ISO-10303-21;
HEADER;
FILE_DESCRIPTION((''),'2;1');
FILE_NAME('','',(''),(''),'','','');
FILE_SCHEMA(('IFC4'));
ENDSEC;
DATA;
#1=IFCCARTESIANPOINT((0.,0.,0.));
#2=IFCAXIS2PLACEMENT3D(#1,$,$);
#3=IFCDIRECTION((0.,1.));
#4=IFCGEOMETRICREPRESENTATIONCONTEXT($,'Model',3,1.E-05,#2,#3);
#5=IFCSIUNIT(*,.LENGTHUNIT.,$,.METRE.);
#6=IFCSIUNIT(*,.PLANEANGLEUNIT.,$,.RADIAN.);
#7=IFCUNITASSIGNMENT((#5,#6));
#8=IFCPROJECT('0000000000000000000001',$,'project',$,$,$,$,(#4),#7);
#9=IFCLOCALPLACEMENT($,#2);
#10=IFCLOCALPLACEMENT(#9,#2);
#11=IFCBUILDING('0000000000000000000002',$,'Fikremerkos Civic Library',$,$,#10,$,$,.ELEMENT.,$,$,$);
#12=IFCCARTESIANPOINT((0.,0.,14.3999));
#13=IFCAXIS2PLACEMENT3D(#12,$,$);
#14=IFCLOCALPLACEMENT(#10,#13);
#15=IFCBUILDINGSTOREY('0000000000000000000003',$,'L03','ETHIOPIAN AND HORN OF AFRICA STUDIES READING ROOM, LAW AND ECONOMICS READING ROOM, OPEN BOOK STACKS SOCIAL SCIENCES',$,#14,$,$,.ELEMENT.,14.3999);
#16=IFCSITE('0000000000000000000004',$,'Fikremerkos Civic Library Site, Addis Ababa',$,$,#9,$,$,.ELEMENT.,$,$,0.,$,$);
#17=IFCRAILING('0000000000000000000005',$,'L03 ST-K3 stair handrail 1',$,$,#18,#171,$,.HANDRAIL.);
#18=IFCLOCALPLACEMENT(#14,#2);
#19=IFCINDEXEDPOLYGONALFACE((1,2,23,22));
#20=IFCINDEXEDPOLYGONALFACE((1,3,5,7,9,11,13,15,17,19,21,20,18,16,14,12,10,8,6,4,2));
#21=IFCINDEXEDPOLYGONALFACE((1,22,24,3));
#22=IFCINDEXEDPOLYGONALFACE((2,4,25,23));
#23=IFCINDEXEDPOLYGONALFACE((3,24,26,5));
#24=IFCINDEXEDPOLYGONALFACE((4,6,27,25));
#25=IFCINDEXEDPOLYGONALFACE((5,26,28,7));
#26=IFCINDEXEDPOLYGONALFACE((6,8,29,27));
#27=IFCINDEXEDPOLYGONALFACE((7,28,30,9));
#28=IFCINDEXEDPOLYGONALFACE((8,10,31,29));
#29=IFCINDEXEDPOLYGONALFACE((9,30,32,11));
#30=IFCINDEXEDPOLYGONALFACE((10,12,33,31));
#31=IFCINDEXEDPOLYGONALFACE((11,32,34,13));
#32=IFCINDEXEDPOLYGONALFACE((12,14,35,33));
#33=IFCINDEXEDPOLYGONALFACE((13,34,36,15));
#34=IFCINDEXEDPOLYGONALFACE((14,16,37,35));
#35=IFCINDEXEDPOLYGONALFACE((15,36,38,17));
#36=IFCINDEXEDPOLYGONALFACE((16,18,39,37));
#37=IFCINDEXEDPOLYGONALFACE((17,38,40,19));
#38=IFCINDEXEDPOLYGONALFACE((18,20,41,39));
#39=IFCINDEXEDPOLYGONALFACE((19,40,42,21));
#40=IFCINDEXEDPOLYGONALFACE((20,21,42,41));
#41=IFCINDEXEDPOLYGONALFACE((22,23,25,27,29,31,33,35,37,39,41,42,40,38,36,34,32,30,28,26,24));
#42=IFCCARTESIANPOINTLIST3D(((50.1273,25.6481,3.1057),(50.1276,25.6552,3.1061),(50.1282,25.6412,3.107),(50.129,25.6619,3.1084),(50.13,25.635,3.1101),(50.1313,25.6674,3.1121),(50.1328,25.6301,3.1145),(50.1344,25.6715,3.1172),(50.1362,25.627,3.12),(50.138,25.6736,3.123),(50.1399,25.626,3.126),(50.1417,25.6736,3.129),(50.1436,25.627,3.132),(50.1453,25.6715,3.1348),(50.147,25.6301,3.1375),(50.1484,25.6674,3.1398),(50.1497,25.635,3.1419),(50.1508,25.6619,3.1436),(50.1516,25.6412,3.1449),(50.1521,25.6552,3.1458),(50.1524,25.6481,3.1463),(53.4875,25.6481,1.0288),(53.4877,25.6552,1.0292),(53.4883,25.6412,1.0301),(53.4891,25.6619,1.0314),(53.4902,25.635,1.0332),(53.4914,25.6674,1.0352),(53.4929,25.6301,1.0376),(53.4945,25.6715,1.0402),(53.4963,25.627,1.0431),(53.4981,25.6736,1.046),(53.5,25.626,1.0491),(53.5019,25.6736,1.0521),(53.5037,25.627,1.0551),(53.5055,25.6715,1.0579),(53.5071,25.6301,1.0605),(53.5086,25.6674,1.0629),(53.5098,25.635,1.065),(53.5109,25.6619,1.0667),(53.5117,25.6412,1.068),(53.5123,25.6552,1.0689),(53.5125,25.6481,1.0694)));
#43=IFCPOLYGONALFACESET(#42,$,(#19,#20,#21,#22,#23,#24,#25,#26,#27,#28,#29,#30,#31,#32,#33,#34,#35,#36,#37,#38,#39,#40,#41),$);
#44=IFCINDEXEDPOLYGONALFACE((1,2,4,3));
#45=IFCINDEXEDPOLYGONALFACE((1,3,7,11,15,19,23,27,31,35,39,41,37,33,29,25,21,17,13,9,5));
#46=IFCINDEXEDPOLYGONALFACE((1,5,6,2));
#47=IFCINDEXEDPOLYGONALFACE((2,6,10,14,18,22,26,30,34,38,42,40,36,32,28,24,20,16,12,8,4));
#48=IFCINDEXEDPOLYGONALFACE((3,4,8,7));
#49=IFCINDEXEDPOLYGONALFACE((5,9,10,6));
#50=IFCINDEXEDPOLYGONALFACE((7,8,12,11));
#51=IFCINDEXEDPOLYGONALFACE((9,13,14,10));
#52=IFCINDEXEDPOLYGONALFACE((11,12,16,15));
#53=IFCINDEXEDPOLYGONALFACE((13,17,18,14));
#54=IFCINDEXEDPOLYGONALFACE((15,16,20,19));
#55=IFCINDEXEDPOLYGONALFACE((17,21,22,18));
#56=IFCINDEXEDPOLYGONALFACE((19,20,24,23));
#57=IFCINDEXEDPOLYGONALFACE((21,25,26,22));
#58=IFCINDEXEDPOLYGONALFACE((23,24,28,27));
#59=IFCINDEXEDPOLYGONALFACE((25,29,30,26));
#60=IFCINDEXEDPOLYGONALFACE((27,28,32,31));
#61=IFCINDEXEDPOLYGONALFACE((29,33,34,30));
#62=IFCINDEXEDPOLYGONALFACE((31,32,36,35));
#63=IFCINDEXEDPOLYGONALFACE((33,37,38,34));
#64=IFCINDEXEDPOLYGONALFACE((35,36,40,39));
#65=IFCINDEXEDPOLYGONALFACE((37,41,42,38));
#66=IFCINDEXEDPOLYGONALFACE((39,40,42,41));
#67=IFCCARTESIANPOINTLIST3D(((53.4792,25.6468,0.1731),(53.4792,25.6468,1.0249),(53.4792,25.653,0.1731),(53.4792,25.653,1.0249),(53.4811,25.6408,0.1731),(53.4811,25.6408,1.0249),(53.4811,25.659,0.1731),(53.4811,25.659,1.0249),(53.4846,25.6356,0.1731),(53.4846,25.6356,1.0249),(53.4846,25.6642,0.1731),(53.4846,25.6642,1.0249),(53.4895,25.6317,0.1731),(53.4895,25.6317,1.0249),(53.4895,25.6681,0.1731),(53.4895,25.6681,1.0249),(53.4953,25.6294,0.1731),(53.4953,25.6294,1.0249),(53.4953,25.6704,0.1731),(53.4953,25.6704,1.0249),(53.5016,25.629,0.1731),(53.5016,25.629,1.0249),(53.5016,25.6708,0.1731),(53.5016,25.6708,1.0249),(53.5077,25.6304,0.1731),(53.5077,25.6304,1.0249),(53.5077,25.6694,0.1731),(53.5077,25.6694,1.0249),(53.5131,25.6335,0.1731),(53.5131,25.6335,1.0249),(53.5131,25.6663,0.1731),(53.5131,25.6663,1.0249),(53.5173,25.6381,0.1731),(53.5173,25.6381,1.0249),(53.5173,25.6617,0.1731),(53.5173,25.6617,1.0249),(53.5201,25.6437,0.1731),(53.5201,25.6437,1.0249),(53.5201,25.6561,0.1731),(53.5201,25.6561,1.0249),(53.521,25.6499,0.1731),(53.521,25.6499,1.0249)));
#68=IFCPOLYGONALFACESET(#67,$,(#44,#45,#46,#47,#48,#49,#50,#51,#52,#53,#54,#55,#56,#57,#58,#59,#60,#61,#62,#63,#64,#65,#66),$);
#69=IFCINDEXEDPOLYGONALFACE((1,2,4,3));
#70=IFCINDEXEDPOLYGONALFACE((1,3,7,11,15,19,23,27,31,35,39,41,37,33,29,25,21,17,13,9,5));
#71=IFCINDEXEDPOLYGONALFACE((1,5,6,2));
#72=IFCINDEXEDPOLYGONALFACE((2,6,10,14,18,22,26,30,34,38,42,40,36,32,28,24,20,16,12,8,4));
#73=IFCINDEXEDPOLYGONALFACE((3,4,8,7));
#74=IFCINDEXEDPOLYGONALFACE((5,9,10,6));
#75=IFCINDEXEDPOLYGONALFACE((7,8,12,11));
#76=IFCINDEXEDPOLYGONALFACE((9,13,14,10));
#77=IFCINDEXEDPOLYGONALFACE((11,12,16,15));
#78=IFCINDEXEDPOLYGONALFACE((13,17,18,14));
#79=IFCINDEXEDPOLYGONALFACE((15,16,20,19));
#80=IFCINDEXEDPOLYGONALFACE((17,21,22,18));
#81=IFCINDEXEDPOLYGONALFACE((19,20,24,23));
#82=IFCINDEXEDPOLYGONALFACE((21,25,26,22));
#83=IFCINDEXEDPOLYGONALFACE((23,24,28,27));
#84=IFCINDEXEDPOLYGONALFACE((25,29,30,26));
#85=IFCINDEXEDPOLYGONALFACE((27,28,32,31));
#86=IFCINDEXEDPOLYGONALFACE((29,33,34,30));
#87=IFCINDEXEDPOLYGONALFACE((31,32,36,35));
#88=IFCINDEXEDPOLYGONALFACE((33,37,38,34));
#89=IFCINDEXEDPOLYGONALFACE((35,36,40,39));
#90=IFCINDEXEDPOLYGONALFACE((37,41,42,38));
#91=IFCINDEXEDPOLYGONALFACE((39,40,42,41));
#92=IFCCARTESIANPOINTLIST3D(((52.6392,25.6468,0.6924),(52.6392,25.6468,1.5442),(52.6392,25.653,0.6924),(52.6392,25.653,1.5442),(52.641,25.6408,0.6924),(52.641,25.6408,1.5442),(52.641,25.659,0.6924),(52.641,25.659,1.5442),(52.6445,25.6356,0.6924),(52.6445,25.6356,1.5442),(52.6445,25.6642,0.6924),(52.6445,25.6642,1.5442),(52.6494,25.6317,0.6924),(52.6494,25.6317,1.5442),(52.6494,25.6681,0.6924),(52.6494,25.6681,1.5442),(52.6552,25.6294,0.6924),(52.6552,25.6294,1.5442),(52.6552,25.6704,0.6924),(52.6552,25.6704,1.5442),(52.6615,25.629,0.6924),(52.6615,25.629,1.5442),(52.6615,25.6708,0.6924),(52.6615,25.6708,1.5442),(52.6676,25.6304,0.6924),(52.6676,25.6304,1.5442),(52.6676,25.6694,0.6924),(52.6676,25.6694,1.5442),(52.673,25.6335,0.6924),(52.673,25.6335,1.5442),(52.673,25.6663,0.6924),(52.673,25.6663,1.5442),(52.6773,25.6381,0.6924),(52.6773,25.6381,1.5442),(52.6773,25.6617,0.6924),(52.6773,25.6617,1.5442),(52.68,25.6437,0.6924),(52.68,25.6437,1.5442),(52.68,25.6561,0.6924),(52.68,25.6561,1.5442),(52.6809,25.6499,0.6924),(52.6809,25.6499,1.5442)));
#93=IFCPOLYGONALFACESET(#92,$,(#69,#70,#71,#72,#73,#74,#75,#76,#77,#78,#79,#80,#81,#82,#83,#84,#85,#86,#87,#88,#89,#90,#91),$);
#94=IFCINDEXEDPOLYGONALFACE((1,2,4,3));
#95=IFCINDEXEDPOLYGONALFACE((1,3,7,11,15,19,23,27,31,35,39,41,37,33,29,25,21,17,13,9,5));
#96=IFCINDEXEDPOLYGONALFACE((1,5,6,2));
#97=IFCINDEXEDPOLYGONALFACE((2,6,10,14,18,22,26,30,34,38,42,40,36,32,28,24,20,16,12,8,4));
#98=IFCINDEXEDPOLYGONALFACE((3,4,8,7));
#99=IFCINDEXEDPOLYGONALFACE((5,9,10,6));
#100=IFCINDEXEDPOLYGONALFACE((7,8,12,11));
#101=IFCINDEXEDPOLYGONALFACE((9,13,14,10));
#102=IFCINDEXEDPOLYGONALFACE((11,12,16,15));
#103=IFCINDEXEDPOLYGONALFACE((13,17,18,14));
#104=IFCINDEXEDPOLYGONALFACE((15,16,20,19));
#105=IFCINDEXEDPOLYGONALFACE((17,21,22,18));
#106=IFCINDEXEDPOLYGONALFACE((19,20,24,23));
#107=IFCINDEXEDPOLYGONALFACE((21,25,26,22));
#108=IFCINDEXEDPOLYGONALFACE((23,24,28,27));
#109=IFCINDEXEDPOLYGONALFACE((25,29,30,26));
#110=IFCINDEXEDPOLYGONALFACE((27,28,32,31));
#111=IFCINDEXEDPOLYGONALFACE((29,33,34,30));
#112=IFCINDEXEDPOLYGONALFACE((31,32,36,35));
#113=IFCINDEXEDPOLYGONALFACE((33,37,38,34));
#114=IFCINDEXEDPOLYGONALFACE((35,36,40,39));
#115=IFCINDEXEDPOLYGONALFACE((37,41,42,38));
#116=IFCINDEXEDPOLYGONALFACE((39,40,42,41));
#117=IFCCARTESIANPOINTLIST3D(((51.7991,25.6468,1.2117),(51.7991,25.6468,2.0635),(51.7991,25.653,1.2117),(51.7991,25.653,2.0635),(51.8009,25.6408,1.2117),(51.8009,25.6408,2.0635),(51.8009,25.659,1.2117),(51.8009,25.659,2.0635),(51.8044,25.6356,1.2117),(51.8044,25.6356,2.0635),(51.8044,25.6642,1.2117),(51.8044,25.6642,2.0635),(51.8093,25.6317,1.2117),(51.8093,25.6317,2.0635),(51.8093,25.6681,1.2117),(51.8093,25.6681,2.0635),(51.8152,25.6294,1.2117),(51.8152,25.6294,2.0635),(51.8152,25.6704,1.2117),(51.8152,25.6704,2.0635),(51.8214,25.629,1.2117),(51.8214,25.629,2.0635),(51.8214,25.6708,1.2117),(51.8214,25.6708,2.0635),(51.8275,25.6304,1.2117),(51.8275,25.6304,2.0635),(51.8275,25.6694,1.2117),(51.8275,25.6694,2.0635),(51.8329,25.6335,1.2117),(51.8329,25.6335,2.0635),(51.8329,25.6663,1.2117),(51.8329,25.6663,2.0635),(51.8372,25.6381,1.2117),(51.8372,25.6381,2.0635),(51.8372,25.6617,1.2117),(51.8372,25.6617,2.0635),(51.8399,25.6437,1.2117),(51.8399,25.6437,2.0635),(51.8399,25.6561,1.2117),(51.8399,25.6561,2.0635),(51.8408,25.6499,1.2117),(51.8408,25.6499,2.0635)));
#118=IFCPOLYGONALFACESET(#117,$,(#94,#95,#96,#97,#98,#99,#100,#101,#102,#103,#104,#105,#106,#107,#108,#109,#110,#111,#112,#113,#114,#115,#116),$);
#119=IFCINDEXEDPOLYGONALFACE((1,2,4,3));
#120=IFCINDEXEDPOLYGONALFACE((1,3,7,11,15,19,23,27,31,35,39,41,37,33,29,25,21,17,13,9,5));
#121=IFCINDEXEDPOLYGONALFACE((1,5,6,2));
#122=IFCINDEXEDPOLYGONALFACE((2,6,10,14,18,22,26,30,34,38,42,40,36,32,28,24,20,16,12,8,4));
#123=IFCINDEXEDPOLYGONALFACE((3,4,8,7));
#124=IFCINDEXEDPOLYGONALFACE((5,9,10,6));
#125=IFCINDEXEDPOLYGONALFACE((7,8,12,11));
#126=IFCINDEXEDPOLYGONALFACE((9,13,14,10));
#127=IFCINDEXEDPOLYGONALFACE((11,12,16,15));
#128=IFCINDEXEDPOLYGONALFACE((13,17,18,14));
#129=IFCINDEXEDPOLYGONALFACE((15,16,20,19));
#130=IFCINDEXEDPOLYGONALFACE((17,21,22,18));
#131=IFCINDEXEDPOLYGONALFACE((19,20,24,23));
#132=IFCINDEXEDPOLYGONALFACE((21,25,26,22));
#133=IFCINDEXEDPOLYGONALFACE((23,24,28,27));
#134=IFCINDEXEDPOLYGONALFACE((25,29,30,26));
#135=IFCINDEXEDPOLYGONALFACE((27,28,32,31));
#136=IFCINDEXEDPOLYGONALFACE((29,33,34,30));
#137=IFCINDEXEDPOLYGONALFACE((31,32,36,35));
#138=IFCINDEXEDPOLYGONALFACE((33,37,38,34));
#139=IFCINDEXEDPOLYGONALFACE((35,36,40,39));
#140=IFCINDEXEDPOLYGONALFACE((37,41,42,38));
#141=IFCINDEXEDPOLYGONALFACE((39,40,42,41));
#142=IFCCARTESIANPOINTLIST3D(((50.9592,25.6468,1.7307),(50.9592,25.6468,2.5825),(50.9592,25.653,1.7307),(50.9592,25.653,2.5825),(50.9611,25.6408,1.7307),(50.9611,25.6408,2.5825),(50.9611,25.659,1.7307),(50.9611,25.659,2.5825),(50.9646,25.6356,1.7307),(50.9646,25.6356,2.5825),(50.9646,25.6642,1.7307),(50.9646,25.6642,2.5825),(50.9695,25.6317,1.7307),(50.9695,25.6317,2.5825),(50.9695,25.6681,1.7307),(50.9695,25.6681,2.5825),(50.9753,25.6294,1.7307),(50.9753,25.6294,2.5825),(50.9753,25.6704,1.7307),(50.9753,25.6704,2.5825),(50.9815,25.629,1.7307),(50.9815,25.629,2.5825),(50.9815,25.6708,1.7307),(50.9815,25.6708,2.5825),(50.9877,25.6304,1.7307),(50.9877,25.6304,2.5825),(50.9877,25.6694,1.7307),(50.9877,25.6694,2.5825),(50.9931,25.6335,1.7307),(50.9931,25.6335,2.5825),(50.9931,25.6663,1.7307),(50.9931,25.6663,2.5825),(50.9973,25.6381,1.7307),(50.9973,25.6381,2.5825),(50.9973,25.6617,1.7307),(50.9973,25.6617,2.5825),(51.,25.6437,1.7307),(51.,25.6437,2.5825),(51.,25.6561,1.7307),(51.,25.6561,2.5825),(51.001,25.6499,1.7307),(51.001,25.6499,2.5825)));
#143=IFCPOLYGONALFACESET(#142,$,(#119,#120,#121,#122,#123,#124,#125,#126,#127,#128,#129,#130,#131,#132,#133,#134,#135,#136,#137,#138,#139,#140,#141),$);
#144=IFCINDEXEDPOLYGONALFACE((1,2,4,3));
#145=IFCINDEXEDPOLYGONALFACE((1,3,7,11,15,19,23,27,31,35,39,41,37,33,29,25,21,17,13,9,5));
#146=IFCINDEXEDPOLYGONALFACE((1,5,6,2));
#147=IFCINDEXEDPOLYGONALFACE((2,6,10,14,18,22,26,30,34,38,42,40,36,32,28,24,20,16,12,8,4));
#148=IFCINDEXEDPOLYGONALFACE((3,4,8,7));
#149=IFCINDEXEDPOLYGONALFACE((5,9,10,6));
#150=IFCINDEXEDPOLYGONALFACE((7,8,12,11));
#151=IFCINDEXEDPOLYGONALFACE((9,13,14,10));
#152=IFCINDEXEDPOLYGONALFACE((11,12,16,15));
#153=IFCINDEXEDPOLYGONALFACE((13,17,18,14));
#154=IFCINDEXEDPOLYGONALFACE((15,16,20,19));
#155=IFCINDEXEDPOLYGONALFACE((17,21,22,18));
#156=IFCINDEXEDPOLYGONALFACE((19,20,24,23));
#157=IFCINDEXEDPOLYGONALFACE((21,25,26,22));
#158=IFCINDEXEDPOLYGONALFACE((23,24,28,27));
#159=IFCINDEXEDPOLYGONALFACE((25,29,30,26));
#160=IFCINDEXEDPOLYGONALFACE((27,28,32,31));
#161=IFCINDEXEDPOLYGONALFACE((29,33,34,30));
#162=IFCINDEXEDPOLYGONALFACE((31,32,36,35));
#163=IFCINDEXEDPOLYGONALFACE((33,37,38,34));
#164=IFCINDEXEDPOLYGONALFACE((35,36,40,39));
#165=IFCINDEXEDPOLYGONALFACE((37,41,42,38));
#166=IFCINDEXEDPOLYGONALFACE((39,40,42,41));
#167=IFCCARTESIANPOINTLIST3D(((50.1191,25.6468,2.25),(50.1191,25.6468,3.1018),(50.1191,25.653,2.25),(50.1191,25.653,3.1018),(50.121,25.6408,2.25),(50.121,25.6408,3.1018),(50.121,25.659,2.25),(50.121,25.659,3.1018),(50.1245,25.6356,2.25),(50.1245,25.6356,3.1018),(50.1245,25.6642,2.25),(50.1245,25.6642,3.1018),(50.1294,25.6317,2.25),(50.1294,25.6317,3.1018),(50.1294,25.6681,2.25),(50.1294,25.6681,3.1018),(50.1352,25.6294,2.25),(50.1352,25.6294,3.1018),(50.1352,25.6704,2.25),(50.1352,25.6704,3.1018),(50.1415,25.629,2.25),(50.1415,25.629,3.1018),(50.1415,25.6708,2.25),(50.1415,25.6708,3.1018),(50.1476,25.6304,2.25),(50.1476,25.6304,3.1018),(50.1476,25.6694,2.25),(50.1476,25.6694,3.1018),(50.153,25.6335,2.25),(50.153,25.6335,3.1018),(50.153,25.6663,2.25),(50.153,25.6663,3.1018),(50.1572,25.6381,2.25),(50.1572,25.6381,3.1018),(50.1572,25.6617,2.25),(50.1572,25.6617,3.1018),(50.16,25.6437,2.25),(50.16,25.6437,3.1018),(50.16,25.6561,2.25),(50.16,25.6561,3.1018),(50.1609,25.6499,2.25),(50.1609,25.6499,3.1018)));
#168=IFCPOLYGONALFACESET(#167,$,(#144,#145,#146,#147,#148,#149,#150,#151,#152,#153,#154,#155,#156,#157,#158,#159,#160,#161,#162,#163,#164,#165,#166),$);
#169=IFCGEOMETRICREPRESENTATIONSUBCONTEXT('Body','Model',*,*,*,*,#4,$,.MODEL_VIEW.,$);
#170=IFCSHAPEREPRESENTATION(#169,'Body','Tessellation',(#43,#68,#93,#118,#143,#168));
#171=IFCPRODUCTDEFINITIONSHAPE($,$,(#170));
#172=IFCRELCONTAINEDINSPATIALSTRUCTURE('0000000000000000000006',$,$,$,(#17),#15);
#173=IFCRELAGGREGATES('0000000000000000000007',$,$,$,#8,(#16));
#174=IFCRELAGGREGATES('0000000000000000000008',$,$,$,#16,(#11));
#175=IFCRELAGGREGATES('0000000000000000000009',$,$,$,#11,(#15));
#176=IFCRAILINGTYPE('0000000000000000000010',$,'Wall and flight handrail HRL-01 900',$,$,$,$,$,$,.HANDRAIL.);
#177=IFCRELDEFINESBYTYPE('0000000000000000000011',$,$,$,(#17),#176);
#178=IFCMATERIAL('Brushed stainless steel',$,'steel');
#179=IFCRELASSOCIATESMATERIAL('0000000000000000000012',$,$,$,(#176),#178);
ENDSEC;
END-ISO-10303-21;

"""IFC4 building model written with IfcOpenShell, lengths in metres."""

from ifc_helpers import new_model, si_unit, direction, frame, origin, origin_2d, place, context, subcontext, project, spatial, circle, extrude, material, type_object, element, save


model = new_model("IFC4")

# Units and contexts
model_context = context("Model", 3, precision=1e-05, world=origin(), true_north=direction((0.0, 1.0)))
body_context = subcontext(model_context, "Body", "Model", "MODEL_VIEW")
ifc_project = project(units=[si_unit("LENGTHUNIT", "METRE"), si_unit("PLANEANGLEUNIT", "RADIAN")], contexts=[model_context])

# Site, building, storey
site_placement = place(None, origin())
site = spatial("IfcSite", under=ifc_project, at=site_placement, Name="Fikremerkos Civic Library Site, Addis Ababa", CompositionType="ELEMENT", RefElevation=0.0)
building_placement = place(site_placement, origin())
building = spatial("IfcBuilding", under=site, at=building_placement, Name="Fikremerkos Civic Library", CompositionType="ELEMENT")
storey_placement = place(building_placement, frame((0.0, 0.0, 14.3999)))
storey = spatial("IfcBuildingStorey", under=building, at=storey_placement, Name="L03", Description="ETHIOPIAN AND HORN OF AFRICA STUDIES READING ROOM, LAW AND ECONOMICS READING ROOM, OPEN BOOK STACKS SOCIAL SCIENCES", CompositionType="ELEMENT", Elevation=14.3999)

# Shared definitions
ifc_material_1 = material(Name="Brushed stainless steel", Category="steel")

# Railing
railing_type_1 = type_object("IfcRailingType", Name="Wall and flight handrail HRL-01 900", PredefinedType="HANDRAIL", material=ifc_material_1)
railing_1_placement = place(storey_placement, frame((53.5, 25.6499, 0.1731)))
element("IfcRailing", 1, at=railing_1_placement, inside=storey, type_object=railing_type_1, Name="L03 ST-K3 stair handrail 1", PredefinedType="HANDRAIL", context=body_context, shape_type="SweptSolid", body=[
    extrude(circle(Radius=0.0239, at=origin_2d()), frame((0.0, 0.0, 0.876), z_axis=(-0.850623, 0.0, 0.525776), x_axis=(0.0, -1.0, 0.0)), (0.0, 0.0, 1.0), 3.9502),
    extrude(circle(Radius=0.021, at=origin_2d()), origin(), (0.0, 0.0, 1.0), 0.8518),
    extrude(circle(Radius=0.021, at=origin_2d()), frame((-0.8401, 0.0, 0.5193)), (0.0, 0.0, 1.0), 0.8518),
    extrude(circle(Radius=0.021, at=origin_2d()), frame((-1.6802, 0.0, 1.0386)), (0.0, 0.0, 1.0), 0.8518),
    extrude(circle(Radius=0.021, at=origin_2d()), frame((-2.52, 0.0, 1.5576)), (0.0, 0.0, 1.0), 0.8518),
    extrude(circle(Radius=0.021, at=origin_2d()), frame((-3.3601, 0.0, 2.0769)), (0.0, 0.0, 1.0), 0.8518),
])

save(model, "model.ifc")
